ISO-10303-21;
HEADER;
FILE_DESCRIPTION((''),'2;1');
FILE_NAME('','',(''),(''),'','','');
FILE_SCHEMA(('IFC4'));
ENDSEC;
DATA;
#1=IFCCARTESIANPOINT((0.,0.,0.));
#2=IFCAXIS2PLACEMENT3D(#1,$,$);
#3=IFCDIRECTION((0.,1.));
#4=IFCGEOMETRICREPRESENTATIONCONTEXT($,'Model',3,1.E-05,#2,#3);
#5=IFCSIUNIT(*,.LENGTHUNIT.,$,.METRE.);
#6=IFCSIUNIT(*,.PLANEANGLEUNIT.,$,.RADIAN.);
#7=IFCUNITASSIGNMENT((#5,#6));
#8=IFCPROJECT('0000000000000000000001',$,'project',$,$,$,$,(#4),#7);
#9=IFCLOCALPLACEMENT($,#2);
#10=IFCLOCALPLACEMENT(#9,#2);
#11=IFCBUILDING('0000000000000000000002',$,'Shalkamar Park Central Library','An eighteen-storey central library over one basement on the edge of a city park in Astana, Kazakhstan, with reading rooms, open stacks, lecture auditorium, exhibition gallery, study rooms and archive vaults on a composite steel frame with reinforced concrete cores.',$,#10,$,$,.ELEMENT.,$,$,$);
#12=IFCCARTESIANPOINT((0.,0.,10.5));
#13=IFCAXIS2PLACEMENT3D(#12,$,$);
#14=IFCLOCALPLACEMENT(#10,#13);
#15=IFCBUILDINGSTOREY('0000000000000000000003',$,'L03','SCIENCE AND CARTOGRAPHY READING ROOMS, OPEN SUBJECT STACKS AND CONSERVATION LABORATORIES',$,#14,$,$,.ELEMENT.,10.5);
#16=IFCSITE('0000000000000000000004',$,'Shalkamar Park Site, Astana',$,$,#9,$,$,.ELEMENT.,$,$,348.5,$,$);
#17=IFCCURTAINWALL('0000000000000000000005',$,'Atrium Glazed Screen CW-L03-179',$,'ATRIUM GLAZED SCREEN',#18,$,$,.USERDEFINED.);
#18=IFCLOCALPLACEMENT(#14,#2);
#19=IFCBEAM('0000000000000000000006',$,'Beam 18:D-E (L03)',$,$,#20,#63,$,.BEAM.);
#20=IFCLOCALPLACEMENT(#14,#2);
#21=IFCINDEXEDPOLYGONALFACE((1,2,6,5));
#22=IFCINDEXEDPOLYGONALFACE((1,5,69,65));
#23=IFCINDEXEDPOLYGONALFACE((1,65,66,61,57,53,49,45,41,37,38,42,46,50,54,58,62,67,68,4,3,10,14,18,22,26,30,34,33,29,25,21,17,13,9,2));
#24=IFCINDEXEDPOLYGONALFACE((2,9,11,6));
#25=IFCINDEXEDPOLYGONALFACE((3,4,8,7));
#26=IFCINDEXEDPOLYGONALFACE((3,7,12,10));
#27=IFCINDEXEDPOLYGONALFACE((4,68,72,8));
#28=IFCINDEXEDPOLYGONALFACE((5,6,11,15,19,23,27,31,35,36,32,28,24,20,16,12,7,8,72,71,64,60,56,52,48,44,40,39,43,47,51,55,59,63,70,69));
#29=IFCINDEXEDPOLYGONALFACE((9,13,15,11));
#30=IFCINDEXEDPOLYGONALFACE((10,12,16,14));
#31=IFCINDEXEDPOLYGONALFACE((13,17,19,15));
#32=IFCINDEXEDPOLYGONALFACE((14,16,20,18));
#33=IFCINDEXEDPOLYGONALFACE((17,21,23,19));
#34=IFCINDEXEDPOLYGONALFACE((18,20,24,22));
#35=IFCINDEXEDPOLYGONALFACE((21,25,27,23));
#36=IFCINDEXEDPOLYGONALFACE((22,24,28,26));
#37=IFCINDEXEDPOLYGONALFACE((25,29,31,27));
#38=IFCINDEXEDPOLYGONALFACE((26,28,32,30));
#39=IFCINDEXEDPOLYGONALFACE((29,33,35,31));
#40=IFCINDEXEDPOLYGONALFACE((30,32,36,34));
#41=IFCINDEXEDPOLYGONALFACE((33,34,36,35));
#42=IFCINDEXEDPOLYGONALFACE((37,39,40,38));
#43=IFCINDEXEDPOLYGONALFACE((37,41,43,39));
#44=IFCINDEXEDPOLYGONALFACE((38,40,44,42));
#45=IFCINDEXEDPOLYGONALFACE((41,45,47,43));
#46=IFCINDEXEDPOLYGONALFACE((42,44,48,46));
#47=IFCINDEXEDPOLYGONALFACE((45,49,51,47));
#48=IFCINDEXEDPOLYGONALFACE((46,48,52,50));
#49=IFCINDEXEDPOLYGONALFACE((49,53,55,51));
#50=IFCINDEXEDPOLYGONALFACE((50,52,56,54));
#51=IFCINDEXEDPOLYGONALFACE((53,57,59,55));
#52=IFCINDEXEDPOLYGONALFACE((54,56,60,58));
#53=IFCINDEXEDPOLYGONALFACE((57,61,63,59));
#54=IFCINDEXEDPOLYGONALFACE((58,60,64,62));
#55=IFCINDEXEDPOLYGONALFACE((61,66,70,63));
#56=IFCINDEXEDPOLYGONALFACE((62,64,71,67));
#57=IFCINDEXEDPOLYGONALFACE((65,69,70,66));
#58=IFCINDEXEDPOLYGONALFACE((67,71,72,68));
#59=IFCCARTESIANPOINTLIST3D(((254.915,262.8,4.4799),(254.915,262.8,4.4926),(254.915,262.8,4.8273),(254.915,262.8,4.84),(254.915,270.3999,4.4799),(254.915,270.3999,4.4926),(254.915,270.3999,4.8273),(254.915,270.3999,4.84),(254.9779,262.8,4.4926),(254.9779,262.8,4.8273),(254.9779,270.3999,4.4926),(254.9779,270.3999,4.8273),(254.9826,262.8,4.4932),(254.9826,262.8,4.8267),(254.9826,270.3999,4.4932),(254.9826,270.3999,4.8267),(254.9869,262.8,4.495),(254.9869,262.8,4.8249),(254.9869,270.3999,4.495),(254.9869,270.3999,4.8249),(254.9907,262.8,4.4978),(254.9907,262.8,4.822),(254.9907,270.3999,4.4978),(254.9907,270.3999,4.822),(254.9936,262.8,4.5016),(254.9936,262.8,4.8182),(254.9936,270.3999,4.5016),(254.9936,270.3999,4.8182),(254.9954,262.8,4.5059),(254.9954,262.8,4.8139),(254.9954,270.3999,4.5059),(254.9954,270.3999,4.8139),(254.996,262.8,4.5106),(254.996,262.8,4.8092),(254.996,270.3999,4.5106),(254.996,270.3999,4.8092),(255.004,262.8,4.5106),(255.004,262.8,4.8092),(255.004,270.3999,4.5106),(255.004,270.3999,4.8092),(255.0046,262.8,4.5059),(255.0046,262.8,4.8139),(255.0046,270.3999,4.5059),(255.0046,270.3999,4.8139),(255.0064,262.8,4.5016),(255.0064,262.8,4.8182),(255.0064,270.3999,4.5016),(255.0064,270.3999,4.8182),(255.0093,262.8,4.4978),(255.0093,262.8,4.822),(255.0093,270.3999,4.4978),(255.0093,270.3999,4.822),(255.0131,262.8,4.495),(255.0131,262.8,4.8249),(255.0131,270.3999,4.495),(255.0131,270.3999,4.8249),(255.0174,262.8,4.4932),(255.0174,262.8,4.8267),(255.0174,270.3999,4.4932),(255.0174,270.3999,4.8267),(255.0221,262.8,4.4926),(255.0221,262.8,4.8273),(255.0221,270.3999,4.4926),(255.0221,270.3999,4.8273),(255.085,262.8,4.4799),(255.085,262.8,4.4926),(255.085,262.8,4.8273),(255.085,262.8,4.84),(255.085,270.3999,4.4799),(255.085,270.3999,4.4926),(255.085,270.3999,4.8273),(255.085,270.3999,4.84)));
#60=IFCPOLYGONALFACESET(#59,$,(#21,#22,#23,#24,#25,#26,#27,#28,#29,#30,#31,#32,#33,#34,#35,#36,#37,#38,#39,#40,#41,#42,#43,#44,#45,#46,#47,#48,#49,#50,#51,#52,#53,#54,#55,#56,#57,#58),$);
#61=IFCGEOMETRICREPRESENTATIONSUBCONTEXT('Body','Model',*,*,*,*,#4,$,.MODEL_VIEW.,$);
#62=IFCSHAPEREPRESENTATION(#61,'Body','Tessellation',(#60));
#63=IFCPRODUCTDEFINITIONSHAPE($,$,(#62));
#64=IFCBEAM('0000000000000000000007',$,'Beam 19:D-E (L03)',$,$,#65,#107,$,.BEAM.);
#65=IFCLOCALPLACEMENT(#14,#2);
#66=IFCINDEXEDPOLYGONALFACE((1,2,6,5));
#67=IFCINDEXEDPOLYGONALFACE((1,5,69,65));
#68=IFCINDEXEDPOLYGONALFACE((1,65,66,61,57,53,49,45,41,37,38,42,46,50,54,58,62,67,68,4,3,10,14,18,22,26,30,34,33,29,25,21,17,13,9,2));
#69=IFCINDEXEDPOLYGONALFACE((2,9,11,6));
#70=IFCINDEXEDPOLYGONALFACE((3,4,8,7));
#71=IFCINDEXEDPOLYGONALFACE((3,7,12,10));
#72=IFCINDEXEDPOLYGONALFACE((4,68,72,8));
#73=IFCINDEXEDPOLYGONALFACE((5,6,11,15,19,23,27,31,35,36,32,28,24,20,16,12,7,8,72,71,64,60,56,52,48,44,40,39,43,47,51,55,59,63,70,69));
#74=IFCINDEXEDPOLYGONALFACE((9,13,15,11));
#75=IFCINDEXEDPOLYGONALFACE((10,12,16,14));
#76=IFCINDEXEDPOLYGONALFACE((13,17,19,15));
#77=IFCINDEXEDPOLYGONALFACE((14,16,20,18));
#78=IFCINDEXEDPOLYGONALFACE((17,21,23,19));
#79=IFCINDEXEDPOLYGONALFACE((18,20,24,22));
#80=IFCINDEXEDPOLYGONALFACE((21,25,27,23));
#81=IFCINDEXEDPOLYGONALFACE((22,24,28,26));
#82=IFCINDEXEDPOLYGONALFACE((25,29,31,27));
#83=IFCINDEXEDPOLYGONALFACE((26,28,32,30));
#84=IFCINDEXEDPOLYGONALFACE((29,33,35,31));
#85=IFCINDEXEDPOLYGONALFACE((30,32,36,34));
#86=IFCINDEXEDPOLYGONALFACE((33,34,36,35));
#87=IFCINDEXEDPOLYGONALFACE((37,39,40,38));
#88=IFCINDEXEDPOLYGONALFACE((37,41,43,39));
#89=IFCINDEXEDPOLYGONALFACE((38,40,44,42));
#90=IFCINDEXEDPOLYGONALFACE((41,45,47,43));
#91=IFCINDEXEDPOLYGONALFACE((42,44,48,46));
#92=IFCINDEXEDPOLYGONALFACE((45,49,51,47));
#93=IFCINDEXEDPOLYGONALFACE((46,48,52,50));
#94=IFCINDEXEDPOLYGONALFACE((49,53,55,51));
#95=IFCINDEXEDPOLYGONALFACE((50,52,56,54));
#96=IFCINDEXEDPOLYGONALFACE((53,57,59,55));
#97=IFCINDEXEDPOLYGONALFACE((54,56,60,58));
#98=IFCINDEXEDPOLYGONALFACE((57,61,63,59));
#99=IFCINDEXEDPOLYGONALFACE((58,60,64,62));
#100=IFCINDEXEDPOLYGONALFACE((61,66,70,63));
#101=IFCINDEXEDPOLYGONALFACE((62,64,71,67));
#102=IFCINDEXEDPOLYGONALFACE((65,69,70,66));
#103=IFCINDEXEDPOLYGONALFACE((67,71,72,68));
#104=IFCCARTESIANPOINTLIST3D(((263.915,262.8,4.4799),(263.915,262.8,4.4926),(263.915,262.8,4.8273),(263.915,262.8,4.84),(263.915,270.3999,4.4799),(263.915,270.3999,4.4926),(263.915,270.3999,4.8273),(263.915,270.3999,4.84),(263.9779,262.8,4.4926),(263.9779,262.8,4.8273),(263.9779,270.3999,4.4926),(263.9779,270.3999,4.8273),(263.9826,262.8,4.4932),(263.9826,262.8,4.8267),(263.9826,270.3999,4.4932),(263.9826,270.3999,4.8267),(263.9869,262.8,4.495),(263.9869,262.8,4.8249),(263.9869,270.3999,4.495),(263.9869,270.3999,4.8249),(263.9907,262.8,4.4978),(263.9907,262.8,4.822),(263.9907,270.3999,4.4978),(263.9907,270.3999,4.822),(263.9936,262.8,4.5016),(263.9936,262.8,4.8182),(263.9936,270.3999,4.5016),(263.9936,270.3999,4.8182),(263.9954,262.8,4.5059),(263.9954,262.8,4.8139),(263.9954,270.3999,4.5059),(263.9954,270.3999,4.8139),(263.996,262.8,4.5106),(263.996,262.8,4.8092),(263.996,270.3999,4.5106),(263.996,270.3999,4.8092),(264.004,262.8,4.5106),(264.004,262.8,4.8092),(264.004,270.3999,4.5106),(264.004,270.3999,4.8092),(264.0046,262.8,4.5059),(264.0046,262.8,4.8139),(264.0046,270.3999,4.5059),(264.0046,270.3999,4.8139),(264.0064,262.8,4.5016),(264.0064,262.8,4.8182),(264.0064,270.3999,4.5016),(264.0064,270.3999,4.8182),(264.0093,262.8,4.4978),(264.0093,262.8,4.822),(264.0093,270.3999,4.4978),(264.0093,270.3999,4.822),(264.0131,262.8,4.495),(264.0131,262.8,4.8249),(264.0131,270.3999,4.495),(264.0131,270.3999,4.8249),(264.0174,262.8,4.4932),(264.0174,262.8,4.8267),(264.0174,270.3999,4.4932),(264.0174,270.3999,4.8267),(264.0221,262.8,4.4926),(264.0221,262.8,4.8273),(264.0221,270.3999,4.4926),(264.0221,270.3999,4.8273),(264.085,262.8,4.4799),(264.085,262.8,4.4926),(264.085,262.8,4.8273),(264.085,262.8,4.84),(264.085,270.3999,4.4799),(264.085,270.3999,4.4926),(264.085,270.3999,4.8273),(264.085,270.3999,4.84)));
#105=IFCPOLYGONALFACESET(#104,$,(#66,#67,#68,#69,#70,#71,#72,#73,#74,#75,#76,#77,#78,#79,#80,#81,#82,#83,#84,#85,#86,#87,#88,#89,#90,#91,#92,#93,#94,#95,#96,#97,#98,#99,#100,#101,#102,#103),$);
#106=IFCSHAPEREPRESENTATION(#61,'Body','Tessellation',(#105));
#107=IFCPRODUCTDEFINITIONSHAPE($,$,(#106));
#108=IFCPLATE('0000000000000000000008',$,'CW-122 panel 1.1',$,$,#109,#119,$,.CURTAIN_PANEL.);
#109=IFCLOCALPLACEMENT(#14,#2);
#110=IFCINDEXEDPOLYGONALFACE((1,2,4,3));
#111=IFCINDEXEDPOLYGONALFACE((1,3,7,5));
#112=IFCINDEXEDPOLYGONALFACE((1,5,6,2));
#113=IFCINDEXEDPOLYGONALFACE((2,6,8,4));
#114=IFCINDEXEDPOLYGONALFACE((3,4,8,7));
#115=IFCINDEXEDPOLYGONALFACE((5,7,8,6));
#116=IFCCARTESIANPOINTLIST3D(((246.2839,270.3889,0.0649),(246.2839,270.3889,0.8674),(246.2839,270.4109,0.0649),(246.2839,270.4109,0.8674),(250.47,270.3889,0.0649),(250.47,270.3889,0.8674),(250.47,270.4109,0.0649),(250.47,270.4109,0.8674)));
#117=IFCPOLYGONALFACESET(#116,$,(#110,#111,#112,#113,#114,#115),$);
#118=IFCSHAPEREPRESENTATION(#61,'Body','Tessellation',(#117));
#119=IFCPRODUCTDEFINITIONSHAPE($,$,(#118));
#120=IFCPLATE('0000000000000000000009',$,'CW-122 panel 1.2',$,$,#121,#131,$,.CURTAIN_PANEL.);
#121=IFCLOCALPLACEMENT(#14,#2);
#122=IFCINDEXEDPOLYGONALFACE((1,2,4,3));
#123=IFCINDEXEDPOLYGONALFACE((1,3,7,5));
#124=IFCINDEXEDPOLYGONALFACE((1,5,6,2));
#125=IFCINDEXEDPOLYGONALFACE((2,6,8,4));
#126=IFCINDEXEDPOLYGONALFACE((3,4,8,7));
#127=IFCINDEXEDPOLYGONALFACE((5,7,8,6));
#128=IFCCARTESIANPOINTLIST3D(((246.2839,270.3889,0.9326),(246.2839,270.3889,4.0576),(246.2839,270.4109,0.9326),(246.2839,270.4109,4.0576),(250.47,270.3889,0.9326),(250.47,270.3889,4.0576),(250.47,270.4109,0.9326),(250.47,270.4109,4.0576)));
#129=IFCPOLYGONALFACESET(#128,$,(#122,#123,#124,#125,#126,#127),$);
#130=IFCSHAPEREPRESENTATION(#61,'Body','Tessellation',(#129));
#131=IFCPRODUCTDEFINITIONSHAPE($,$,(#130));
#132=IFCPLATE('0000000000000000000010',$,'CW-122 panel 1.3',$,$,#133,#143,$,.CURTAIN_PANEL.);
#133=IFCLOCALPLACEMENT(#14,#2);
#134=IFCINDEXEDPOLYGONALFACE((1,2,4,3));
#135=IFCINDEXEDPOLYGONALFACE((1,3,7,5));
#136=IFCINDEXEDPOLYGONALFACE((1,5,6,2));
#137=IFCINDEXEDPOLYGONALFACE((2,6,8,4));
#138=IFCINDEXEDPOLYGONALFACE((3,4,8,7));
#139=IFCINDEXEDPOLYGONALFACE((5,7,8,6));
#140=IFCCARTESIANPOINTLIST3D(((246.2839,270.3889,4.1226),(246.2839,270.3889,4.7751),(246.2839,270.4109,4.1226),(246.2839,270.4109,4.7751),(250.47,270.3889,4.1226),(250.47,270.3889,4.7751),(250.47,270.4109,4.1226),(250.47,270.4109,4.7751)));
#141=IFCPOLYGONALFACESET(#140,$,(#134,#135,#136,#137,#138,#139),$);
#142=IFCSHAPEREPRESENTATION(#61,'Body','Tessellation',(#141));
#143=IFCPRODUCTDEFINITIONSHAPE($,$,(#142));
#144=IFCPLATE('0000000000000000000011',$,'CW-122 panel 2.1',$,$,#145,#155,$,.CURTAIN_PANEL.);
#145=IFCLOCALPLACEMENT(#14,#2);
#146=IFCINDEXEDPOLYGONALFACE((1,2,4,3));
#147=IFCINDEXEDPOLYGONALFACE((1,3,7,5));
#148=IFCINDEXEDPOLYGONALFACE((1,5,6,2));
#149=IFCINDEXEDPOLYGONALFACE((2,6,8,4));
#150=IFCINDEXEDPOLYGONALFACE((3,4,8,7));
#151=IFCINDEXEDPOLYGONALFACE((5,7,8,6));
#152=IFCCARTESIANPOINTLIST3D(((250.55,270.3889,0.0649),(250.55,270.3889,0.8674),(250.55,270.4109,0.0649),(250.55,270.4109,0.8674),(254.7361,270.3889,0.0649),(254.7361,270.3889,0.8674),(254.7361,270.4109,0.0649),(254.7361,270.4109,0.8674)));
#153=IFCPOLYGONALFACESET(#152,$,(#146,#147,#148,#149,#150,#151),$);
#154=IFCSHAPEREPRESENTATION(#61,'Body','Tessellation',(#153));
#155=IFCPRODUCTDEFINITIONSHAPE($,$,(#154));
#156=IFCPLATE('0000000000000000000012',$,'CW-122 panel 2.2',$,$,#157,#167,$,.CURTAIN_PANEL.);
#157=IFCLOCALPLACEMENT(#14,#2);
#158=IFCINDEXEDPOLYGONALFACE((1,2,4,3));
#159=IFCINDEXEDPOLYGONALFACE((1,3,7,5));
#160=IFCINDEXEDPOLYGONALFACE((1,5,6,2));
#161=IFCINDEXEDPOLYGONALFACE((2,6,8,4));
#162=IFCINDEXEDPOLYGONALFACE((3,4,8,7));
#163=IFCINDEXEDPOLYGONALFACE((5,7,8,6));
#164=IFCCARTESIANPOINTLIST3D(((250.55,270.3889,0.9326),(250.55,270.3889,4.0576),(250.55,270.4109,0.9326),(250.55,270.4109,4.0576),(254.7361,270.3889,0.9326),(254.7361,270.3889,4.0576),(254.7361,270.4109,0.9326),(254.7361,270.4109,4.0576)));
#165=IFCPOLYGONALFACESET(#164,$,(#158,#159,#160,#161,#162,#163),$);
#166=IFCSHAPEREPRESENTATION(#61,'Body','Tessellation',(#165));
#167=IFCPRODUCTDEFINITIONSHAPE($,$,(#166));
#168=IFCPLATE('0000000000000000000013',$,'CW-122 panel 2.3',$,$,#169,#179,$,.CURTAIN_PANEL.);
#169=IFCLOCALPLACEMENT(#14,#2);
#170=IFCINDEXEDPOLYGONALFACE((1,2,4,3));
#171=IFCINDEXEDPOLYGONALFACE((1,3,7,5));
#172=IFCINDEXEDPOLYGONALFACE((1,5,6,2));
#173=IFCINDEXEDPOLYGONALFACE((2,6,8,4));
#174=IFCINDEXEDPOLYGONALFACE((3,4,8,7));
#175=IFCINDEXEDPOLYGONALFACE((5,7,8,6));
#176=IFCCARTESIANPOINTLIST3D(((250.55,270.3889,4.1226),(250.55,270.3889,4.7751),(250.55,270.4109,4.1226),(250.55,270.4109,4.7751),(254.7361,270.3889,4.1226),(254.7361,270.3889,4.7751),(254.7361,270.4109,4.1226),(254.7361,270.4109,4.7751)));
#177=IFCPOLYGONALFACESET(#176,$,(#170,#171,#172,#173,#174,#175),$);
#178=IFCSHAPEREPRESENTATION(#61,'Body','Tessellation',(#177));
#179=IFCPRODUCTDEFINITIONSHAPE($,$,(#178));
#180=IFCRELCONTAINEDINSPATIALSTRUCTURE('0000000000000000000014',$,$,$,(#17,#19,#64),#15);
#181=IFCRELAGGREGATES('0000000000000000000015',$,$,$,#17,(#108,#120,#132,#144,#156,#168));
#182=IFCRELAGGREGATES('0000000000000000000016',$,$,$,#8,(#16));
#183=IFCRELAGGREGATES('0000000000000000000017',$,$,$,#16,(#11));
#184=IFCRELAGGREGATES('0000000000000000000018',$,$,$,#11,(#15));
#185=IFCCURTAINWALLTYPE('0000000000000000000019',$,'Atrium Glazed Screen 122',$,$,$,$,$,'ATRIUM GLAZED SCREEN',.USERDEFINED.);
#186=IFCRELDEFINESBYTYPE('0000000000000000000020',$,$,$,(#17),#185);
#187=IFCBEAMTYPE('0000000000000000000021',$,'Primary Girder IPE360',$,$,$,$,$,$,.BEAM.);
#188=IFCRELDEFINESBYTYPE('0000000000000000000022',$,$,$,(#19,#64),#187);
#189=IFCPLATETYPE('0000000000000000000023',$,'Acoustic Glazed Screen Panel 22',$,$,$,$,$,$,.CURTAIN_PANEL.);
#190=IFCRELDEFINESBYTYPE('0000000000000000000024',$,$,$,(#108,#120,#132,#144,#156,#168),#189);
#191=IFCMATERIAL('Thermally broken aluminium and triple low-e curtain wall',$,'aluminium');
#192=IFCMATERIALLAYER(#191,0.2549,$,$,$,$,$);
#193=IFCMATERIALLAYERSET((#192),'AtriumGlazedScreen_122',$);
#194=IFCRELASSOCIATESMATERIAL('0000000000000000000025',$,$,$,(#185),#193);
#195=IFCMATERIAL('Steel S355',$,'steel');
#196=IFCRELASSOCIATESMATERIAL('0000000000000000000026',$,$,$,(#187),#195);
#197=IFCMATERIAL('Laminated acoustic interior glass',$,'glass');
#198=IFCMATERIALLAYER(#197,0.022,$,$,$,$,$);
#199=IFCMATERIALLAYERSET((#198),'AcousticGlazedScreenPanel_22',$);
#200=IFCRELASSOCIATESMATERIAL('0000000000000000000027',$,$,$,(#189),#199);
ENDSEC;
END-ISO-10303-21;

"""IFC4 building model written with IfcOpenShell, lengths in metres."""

from ifc_helpers import new_model, si_unit, direction, frame, origin, origin_2d, place, context, subcontext, project, spatial, rectangle, i_section, extrude, material, layer, layer_set, material_profile, profile_set, type_object, element, aggregate, save


model = new_model("IFC4")

# Units and contexts
model_context = context("Model", 3, precision=1e-05, world=origin(), true_north=direction((0.0, 1.0)))
body_context = subcontext(model_context, "Body", "Model", "MODEL_VIEW")
ifc_project = project(units=[si_unit("LENGTHUNIT", "METRE"), si_unit("PLANEANGLEUNIT", "RADIAN")], contexts=[model_context])

# Site, building, storey
site_placement = place(None, origin())
site = spatial("IfcSite", under=ifc_project, at=site_placement, Name="Shalkamar Park Site, Astana", CompositionType="ELEMENT", RefElevation=348.5)
building_placement = place(site_placement, origin())
building = spatial("IfcBuilding", under=site, at=building_placement, Name="Shalkamar Park Central Library", Description="An eighteen-storey central library over one basement on the edge of a city park in Astana, Kazakhstan, with reading rooms, open stacks, lecture auditorium, exhibition gallery, study rooms and archive vaults on a composite steel frame with reinforced concrete cores.", CompositionType="ELEMENT")
storey_placement = place(building_placement, frame((0.0, 0.0, 10.5)))
storey = spatial("IfcBuildingStorey", under=building, at=storey_placement, Name="L03", Description="SCIENCE AND CARTOGRAPHY READING ROOMS, OPEN SUBJECT STACKS AND CONSERVATION LABORATORIES", CompositionType="ELEMENT", Elevation=10.5)

# Shared definitions
ifc_material_1 = material(Name="Steel S355", Category="steel")

# Curtain wall
ifc_material_2 = material(Name="Thermally broken aluminium and triple low-e curtain wall", Category="aluminium")
ifc_layer_1 = layer(ifc_material_2, 0.2549)
ifc_layer_set_1 = layer_set([ifc_layer_1], Name="AtriumGlazedScreen_122")
curtain_wall_type = type_object("IfcCurtainWallType", Name="Atrium Glazed Screen 122", ElementType="ATRIUM GLAZED SCREEN", PredefinedType="USERDEFINED", material=ifc_layer_set_1)
curtain_wall_placement = place(storey_placement, origin())
curtain_wall = element("IfcCurtainWall", 1, at=curtain_wall_placement, inside=storey, type_object=curtain_wall_type, Name="Atrium Glazed Screen CW-L03-179", ObjectType="ATRIUM GLAZED SCREEN", PredefinedType="USERDEFINED")

# Beams
ifc_material_profile_1 = material_profile(ifc_material_1, i_section(OverallWidth=0.1699, OverallDepth=0.3601, WebThickness=0.0081, FlangeThickness=0.0127, FilletRadius=0.0181, at=origin_2d()), Name="IPE 360")
ifc_profile_set_1 = profile_set([ifc_material_profile_1], Name="Steel S355")
beam_type_1 = type_object("IfcBeamType", Name="Primary Girder IPE360", PredefinedType="BEAM", material=ifc_profile_set_1)
for number, where, z_axis, x_axis, name in (
    (2, (255.0, 262.8, 4.6599), (0.0, 1.0, 0.0), (-1.0, 0.0, 0.0), "Beam 18:D-E (L03)"),
    (3, (264.0, 262.8, 4.6599), (0.0, 1.0, 0.0), (-1.0, 0.0, 0.0), "Beam 19:D-E (L03)"),
):
    element("IfcBeam", number, at=place(storey_placement, frame(where, z_axis=z_axis, x_axis=x_axis)), inside=storey, type_object=beam_type_1, Name=name, PredefinedType="BEAM", context=body_context, shape_type="SweptSolid", body=[
        extrude(i_section(OverallWidth=0.1699, OverallDepth=0.3601, WebThickness=0.0081, FlangeThickness=0.0127, FilletRadius=0.0181, at=origin_2d()), origin(), (0.0, 0.0, 1.0), 7.5999),
    ])

# Plates
ifc_material_3 = material(Name="Laminated acoustic interior glass", Category="glass")
ifc_layer_2 = layer(ifc_material_3, 0.022)
ifc_layer_set_2 = layer_set([ifc_layer_2], Name="AcousticGlazedScreenPanel_22")
plate_type = type_object("IfcPlateType", Name="Acoustic Glazed Screen Panel 22", PredefinedType="CURTAIN_PANEL", material=ifc_layer_set_2)
plate_1_placement = place(storey_placement, frame((248.377, 270.3999, 0.0649), z_axis=(0.0, 0.0, 1.0), x_axis=(1.0, 0.0, 0.0)))
plate_1 = element("IfcPlate", 4, at=plate_1_placement, type_object=plate_type, Name="CW-122 panel 1.1", PredefinedType="CURTAIN_PANEL", context=body_context, shape_type="SweptSolid", body=[
    extrude(rectangle(XDim=4.186, YDim=0.022, at=origin_2d()), origin(), (0.0, 0.0, 1.0), 0.8025),
])
plate_2_placement = place(storey_placement, frame((248.377, 270.3999, 0.9326), z_axis=(0.0, 0.0, 1.0), x_axis=(1.0, 0.0, 0.0)))
plate_2 = element("IfcPlate", 5, at=plate_2_placement, type_object=plate_type, Name="CW-122 panel 1.2", PredefinedType="CURTAIN_PANEL", context=body_context, shape_type="SweptSolid", body=[
    extrude(rectangle(XDim=4.186, YDim=0.022, at=origin_2d()), origin(), (0.0, 0.0, 1.0), 3.125),
])
plate_3_placement = place(storey_placement, frame((248.377, 270.3999, 4.1226), z_axis=(0.0, 0.0, 1.0), x_axis=(1.0, 0.0, 0.0)))
plate_3 = element("IfcPlate", 6, at=plate_3_placement, type_object=plate_type, Name="CW-122 panel 1.3", PredefinedType="CURTAIN_PANEL", context=body_context, shape_type="SweptSolid", body=[
    extrude(rectangle(XDim=4.186, YDim=0.022, at=origin_2d()), origin(), (0.0, 0.0, 1.0), 0.6526),
])
plate_4_placement = place(storey_placement, frame((252.6431, 270.3999, 0.0649), z_axis=(0.0, 0.0, 1.0), x_axis=(1.0, 0.0, 0.0)))
plate_4 = element("IfcPlate", 7, at=plate_4_placement, type_object=plate_type, Name="CW-122 panel 2.1", PredefinedType="CURTAIN_PANEL", context=body_context, shape_type="SweptSolid", body=[
    extrude(rectangle(XDim=4.186, YDim=0.022, at=origin_2d()), origin(), (0.0, 0.0, 1.0), 0.8025),
])
plate_5_placement = place(storey_placement, frame((252.6431, 270.3999, 0.9326), z_axis=(0.0, 0.0, 1.0), x_axis=(1.0, 0.0, 0.0)))
plate_5 = element("IfcPlate", 8, at=plate_5_placement, type_object=plate_type, Name="CW-122 panel 2.2", PredefinedType="CURTAIN_PANEL", context=body_context, shape_type="SweptSolid", body=[
    extrude(rectangle(XDim=4.186, YDim=0.022, at=origin_2d()), origin(), (0.0, 0.0, 1.0), 3.125),
])
plate_6_placement = place(storey_placement, frame((252.6431, 270.3999, 4.1226), z_axis=(0.0, 0.0, 1.0), x_axis=(1.0, 0.0, 0.0)))
plate_6 = element("IfcPlate", 9, at=plate_6_placement, type_object=plate_type, Name="CW-122 panel 2.3", PredefinedType="CURTAIN_PANEL", context=body_context, shape_type="SweptSolid", body=[
    extrude(rectangle(XDim=4.186, YDim=0.022, at=origin_2d()), origin(), (0.0, 0.0, 1.0), 0.6526),
])
aggregate(curtain_wall, [plate_1, plate_2, plate_3, plate_4, plate_5, plate_6])

save(model, "model.ifc")
